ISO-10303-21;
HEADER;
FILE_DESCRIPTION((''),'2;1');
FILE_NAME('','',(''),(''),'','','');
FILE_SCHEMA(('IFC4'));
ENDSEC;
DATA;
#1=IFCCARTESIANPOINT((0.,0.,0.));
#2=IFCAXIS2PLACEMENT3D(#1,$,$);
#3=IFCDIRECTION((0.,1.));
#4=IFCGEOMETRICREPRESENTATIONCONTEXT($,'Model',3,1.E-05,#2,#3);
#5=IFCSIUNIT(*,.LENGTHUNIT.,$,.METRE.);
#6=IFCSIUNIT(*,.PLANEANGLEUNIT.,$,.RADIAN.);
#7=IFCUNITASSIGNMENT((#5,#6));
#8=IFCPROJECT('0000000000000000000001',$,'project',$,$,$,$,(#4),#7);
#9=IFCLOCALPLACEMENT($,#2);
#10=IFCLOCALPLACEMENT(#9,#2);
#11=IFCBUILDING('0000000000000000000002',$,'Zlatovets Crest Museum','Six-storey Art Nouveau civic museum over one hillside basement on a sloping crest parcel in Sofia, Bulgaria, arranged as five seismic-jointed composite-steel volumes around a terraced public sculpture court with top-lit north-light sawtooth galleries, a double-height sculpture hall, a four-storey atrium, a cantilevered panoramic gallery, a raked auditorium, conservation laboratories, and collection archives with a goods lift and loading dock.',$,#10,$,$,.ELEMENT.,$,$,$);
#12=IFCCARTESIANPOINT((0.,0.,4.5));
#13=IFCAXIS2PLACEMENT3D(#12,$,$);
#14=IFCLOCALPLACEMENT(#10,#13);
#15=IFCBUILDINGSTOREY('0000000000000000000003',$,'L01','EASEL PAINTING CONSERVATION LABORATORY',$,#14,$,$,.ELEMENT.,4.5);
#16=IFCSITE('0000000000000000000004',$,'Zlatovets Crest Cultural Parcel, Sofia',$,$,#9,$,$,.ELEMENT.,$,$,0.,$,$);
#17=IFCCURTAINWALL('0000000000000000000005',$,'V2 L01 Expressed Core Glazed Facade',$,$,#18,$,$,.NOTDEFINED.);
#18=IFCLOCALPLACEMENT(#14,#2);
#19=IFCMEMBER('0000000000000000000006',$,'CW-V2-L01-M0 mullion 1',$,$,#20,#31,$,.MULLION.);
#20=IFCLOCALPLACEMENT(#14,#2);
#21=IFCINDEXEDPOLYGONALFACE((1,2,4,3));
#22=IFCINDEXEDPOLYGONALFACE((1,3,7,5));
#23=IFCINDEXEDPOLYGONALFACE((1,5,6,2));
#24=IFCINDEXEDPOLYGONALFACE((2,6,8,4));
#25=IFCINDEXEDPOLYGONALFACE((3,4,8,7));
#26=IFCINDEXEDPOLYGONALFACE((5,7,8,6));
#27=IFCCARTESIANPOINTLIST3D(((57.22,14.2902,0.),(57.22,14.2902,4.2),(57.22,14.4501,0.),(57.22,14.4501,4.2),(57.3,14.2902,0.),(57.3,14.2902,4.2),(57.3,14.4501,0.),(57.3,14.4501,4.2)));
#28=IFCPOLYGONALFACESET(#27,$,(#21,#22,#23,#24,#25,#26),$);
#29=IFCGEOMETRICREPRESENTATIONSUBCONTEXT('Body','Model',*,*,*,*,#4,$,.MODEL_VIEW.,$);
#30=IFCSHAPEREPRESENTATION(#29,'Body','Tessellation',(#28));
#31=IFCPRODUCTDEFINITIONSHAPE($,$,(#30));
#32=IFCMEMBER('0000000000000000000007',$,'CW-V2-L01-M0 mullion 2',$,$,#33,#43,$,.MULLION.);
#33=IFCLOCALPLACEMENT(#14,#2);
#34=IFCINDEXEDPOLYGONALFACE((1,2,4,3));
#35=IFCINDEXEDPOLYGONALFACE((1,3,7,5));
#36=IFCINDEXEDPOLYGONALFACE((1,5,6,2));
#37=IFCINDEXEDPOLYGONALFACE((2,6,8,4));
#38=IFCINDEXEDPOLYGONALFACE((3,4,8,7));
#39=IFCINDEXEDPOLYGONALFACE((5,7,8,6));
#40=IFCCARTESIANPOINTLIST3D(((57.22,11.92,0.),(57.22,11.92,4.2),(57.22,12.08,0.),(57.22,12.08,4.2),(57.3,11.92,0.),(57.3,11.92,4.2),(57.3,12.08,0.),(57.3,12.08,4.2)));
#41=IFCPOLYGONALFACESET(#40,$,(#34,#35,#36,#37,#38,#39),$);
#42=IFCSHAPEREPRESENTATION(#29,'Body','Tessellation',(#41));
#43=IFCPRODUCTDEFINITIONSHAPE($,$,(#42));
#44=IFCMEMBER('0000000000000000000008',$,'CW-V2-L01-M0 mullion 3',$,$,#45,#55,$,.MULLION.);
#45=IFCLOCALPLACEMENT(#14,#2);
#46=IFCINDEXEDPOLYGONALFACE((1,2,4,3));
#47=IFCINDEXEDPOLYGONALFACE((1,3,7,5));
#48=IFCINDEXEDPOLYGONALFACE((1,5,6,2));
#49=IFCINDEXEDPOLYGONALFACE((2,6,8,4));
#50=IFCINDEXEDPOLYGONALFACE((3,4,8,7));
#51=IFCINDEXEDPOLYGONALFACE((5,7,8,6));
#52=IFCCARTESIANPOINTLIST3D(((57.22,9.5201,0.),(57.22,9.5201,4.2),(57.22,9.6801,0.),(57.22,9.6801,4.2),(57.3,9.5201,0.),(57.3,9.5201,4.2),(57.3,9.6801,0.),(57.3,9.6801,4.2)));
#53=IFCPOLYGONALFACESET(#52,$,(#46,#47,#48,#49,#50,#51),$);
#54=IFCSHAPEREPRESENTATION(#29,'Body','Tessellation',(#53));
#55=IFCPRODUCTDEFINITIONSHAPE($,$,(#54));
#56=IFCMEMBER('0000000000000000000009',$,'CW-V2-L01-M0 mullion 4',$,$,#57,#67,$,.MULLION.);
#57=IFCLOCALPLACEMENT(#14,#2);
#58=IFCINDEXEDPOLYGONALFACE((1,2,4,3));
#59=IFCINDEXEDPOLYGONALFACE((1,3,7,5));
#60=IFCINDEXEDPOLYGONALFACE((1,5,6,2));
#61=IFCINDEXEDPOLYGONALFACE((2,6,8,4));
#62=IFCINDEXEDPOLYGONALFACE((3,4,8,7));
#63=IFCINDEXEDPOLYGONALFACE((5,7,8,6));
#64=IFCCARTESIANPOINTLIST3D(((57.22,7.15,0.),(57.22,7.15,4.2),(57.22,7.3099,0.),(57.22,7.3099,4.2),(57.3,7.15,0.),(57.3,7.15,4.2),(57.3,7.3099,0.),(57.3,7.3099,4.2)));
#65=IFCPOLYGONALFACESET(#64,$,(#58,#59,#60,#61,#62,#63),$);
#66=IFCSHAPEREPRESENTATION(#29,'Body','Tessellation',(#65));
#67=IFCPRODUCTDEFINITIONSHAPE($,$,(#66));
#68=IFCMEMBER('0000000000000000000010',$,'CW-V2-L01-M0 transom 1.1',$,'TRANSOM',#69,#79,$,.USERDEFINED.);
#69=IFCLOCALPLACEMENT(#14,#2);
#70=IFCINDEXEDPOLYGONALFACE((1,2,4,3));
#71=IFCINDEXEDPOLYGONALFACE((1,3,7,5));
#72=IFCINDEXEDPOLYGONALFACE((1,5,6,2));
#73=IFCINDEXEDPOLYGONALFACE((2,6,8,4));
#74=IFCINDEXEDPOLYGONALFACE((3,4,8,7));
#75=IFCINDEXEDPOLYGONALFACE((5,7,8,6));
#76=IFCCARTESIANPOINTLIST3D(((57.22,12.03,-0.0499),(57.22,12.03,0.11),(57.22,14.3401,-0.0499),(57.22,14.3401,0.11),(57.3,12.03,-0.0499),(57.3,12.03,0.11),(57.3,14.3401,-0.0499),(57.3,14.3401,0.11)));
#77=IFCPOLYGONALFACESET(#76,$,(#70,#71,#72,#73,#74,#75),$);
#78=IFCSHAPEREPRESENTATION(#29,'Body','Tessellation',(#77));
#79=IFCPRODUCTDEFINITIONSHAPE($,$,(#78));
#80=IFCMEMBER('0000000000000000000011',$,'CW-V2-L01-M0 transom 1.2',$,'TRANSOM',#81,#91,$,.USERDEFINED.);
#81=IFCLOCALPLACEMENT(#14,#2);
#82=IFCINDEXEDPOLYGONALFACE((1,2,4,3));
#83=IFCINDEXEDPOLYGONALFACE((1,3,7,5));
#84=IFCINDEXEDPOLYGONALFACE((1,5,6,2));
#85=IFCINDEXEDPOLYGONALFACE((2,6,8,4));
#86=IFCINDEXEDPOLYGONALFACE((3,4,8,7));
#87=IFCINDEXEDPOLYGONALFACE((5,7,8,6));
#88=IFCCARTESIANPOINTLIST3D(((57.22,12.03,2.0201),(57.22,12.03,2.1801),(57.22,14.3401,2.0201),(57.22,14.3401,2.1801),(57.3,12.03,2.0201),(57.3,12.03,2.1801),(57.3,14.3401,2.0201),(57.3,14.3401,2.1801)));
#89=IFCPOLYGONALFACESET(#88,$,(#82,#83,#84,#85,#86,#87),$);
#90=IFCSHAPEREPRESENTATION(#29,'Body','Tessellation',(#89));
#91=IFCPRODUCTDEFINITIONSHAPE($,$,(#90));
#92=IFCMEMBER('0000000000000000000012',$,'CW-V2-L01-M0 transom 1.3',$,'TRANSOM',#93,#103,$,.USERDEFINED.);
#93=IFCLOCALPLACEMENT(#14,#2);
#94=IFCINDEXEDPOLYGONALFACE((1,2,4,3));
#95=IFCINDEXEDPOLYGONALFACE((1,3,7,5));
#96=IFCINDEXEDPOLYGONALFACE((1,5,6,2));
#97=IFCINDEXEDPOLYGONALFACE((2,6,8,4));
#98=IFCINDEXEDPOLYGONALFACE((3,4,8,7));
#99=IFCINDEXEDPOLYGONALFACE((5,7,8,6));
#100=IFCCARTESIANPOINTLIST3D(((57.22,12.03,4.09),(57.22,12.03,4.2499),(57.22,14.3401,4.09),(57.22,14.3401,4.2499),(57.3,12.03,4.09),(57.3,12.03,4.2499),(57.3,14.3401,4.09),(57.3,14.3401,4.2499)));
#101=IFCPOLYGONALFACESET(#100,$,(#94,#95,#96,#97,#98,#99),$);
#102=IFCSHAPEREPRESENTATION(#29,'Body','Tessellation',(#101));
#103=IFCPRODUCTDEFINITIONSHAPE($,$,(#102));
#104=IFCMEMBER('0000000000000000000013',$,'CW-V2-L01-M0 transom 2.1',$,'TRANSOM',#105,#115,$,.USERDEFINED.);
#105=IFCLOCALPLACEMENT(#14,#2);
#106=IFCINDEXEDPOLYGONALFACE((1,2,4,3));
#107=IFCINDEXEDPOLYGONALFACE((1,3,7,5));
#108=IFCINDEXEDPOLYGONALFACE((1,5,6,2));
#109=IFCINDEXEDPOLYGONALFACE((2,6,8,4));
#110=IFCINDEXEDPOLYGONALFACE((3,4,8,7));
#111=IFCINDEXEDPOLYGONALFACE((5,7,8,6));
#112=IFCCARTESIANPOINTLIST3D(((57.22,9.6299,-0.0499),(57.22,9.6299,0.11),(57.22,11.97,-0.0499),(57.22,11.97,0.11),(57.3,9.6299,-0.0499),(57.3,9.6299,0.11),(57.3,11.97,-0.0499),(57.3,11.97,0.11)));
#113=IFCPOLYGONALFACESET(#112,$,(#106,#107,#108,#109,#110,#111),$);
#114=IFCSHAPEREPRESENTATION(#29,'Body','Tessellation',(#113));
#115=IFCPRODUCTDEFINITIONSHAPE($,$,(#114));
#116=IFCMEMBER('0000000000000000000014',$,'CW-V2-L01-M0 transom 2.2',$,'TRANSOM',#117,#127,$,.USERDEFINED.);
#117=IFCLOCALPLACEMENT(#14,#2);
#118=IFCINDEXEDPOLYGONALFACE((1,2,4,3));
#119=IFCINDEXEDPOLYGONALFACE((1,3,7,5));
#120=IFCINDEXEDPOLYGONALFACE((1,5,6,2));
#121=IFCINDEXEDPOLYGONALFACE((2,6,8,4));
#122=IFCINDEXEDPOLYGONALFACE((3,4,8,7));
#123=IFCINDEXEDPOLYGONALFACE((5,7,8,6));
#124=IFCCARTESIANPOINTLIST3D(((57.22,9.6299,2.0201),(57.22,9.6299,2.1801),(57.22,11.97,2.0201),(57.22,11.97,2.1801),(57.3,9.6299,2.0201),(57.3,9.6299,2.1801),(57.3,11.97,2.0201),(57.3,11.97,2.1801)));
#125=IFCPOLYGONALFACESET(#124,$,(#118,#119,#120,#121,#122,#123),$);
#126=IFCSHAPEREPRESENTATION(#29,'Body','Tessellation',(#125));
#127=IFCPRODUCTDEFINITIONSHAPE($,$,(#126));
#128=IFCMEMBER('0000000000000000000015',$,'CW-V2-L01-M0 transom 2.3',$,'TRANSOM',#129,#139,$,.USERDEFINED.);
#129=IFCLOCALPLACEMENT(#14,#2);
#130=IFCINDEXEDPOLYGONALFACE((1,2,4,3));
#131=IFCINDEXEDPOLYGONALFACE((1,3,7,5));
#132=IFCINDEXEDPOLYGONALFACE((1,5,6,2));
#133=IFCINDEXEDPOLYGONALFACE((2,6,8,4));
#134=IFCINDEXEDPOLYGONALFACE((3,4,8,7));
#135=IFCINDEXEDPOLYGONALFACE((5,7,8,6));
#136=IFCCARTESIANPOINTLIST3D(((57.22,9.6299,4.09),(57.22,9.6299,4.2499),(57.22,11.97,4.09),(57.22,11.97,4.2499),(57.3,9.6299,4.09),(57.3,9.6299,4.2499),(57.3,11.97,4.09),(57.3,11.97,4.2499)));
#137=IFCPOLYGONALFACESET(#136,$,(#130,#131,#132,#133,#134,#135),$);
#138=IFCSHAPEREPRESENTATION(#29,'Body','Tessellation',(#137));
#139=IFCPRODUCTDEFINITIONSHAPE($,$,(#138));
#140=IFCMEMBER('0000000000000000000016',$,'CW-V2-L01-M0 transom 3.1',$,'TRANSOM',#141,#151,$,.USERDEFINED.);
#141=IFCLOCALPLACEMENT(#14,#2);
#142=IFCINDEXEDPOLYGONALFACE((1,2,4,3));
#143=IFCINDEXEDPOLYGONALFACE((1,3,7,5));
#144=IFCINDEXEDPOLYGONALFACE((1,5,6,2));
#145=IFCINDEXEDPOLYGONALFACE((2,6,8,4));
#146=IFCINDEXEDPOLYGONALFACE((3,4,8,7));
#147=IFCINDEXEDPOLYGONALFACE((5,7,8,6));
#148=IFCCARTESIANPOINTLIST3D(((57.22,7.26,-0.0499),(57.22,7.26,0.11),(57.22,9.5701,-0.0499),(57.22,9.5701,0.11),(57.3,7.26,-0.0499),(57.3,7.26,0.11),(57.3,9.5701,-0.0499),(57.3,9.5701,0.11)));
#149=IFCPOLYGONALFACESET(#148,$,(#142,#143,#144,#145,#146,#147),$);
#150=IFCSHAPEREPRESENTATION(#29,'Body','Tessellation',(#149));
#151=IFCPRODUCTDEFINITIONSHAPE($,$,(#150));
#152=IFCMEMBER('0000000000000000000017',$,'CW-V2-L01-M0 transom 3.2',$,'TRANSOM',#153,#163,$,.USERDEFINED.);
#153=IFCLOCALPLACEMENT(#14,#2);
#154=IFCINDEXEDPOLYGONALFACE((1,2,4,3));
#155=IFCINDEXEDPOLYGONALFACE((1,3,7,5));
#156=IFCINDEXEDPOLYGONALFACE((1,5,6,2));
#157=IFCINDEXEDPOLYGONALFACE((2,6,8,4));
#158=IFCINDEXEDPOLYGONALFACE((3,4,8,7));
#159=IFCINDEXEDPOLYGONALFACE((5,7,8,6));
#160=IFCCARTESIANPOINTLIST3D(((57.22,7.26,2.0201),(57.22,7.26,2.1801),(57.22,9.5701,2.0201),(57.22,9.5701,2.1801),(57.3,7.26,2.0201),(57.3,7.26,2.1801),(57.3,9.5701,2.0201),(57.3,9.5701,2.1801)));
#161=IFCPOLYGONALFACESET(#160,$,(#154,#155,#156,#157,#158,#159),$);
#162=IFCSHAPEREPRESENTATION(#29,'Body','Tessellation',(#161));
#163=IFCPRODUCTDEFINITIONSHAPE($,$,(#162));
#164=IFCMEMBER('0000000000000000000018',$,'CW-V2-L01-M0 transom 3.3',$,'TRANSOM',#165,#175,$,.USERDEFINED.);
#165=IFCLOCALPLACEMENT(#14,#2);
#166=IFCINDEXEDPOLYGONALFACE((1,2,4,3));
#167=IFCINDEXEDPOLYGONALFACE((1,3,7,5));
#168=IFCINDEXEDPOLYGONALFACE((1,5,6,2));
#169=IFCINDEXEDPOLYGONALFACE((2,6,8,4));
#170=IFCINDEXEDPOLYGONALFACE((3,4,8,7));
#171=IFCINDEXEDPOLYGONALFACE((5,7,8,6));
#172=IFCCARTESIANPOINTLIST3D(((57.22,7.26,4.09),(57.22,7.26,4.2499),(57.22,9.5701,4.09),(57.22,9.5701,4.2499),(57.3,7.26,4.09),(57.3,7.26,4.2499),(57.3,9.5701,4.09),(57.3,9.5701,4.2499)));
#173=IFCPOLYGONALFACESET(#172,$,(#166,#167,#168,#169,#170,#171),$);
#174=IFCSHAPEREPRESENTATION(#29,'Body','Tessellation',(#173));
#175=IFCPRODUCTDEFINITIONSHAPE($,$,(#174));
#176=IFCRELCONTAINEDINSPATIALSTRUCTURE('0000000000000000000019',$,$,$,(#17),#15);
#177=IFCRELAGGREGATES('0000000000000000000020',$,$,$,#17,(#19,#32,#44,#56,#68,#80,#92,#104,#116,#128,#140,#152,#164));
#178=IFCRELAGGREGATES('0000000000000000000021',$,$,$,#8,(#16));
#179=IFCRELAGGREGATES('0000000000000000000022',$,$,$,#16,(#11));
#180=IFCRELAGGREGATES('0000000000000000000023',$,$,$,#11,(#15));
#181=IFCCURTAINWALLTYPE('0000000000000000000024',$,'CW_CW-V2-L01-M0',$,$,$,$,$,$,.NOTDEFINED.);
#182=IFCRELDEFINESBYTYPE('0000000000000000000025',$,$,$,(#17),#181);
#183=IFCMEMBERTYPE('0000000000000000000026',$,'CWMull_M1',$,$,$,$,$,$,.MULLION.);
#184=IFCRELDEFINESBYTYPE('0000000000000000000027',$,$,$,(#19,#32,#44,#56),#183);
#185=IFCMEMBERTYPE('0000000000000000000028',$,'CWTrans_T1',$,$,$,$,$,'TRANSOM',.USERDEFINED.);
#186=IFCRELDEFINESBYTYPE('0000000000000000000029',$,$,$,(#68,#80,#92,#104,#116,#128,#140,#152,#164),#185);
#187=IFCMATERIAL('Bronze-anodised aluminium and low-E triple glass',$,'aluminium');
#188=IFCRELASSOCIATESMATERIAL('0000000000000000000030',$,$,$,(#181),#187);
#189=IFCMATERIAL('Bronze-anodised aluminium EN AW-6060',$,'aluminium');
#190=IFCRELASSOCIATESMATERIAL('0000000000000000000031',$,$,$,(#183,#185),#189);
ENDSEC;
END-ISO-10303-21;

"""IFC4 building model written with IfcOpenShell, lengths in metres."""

from ifc_helpers import new_model, si_unit, direction, frame, origin, origin_2d, place, context, subcontext, project, spatial, rectangle, extrude, material, material_profile, profile_set, type_object, element, aggregate, save


model = new_model("IFC4")

# Units and contexts
model_context = context("Model", 3, precision=1e-05, world=origin(), true_north=direction((0.0, 1.0)))
body_context = subcontext(model_context, "Body", "Model", "MODEL_VIEW")
ifc_project = project(units=[si_unit("LENGTHUNIT", "METRE"), si_unit("PLANEANGLEUNIT", "RADIAN")], contexts=[model_context])

# Site, building, storey
site_placement = place(None, origin())
site = spatial("IfcSite", under=ifc_project, at=site_placement, Name="Zlatovets Crest Cultural Parcel, Sofia", CompositionType="ELEMENT", RefElevation=0.0)
building_placement = place(site_placement, origin())
building = spatial("IfcBuilding", under=site, at=building_placement, Name="Zlatovets Crest Museum", Description="Six-storey Art Nouveau civic museum over one hillside basement on a sloping crest parcel in Sofia, Bulgaria, arranged as five seismic-jointed composite-steel volumes around a terraced public sculpture court with top-lit north-light sawtooth galleries, a double-height sculpture hall, a four-storey atrium, a cantilevered panoramic gallery, a raked auditorium, conservation laboratories, and collection archives with a goods lift and loading dock.", CompositionType="ELEMENT")
storey_placement = place(building_placement, frame((0.0, 0.0, 4.5)))
storey = spatial("IfcBuildingStorey", under=building, at=storey_placement, Name="L01", Description="EASEL PAINTING CONSERVATION LABORATORY", CompositionType="ELEMENT", Elevation=4.5)

# Curtain wall, members
ifc_material_1 = material(Name="Bronze-anodised aluminium and low-E triple glass", Category="aluminium")
curtain_wall_type = type_object("IfcCurtainWallType", Name="CW_CW-V2-L01-M0", PredefinedType="NOTDEFINED", material=ifc_material_1)
curtain_wall_placement = place(storey_placement, origin())
curtain_wall = element("IfcCurtainWall", 1, at=curtain_wall_placement, inside=storey, type_object=curtain_wall_type, Name="V2 L01 Expressed Core Glazed Facade", PredefinedType="NOTDEFINED")
ifc_material_2 = material(Name="Bronze-anodised aluminium EN AW-6060", Category="aluminium")
ifc_material_profile_1 = material_profile(ifc_material_2, rectangle(XDim=0.0801, YDim=0.1599, at=origin_2d()), Name="ALU 80x160")
ifc_profile_set_1 = profile_set([ifc_material_profile_1], Name="Bronze-anodised aluminium EN AW-6060")
member_type_1 = type_object("IfcMemberType", Name="CWMull_M1", PredefinedType="MULLION", material=ifc_profile_set_1)
member_1_placement = place(storey_placement, frame((57.26, 14.3701, 0.0), z_axis=(0.0, 0.0, 1.0), x_axis=(1.0, 0.0, 0.0)))
member_1 = element("IfcMember", 2, at=member_1_placement, type_object=member_type_1, Name="CW-V2-L01-M0 mullion 1", PredefinedType="MULLION", context=body_context, shape_type="SweptSolid", body=[
    extrude(rectangle(XDim=0.0801, YDim=0.1599, at=origin_2d()), origin(), (0.0, 0.0, 1.0), 4.2),
])
member_2_placement = place(storey_placement, frame((57.26, 12.0, 0.0), z_axis=(0.0, 0.0, 1.0), x_axis=(1.0, 0.0, 0.0)))
member_2 = element("IfcMember", 3, at=member_2_placement, type_object=member_type_1, Name="CW-V2-L01-M0 mullion 2", PredefinedType="MULLION", context=body_context, shape_type="SweptSolid", body=[
    extrude(rectangle(XDim=0.0801, YDim=0.1599, at=origin_2d()), origin(), (0.0, 0.0, 1.0), 4.2),
])
member_3_placement = place(storey_placement, frame((57.26, 9.6001, 0.0), z_axis=(0.0, 0.0, 1.0), x_axis=(1.0, 0.0, 0.0)))
member_3 = element("IfcMember", 4, at=member_3_placement, type_object=member_type_1, Name="CW-V2-L01-M0 mullion 3", PredefinedType="MULLION", context=body_context, shape_type="SweptSolid", body=[
    extrude(rectangle(XDim=0.0801, YDim=0.1599, at=origin_2d()), origin(), (0.0, 0.0, 1.0), 4.2),
])
member_4_placement = place(storey_placement, frame((57.26, 7.23, 0.0), z_axis=(0.0, 0.0, 1.0), x_axis=(1.0, 0.0, 0.0)))
member_4 = element("IfcMember", 5, at=member_4_placement, type_object=member_type_1, Name="CW-V2-L01-M0 mullion 4", PredefinedType="MULLION", context=body_context, shape_type="SweptSolid", body=[
    extrude(rectangle(XDim=0.0801, YDim=0.1599, at=origin_2d()), origin(), (0.0, 0.0, 1.0), 4.2),
])
ifc_material_profile_2 = material_profile(ifc_material_2, rectangle(XDim=0.0801, YDim=0.1599, at=origin_2d()), Name="ALU 80x160")
ifc_profile_set_2 = profile_set([ifc_material_profile_2], Name="Bronze-anodised aluminium EN AW-6060")
member_type_2 = type_object("IfcMemberType", Name="CWTrans_T1", ElementType="TRANSOM", PredefinedType="USERDEFINED", material=ifc_profile_set_2)
member_5_placement = place(storey_placement, frame((57.26, 14.3401, 0.03), z_axis=(0.0, -1.0, 0.0), x_axis=(1.0, 0.0, 0.0)))
member_5 = element("IfcMember", 6, at=member_5_placement, type_object=member_type_2, Name="CW-V2-L01-M0 transom 1.1", ObjectType="TRANSOM", PredefinedType="USERDEFINED", context=body_context, shape_type="SweptSolid", body=[
    extrude(rectangle(XDim=0.0801, YDim=0.1599, at=origin_2d()), origin(), (0.0, 0.0, 1.0), 2.3101),
])
member_6_placement = place(storey_placement, frame((57.26, 14.3401, 2.1001), z_axis=(0.0, -1.0, 0.0), x_axis=(1.0, 0.0, 0.0)))
member_6 = element("IfcMember", 7, at=member_6_placement, type_object=member_type_2, Name="CW-V2-L01-M0 transom 1.2", ObjectType="TRANSOM", PredefinedType="USERDEFINED", context=body_context, shape_type="SweptSolid", body=[
    extrude(rectangle(XDim=0.0801, YDim=0.1599, at=origin_2d()), origin(), (0.0, 0.0, 1.0), 2.3101),
])
member_7_placement = place(storey_placement, frame((57.26, 14.3401, 4.1699), z_axis=(0.0, -1.0, 0.0), x_axis=(1.0, 0.0, 0.0)))
member_7 = element("IfcMember", 8, at=member_7_placement, type_object=member_type_2, Name="CW-V2-L01-M0 transom 1.3", ObjectType="TRANSOM", PredefinedType="USERDEFINED", context=body_context, shape_type="SweptSolid", body=[
    extrude(rectangle(XDim=0.0801, YDim=0.1599, at=origin_2d()), origin(), (0.0, 0.0, 1.0), 2.3101),
])
member_8_placement = place(storey_placement, frame((57.26, 11.97, 0.03), z_axis=(0.0, -1.0, 0.0), x_axis=(1.0, 0.0, 0.0)))
member_8 = element("IfcMember", 9, at=member_8_placement, type_object=member_type_2, Name="CW-V2-L01-M0 transom 2.1", ObjectType="TRANSOM", PredefinedType="USERDEFINED", context=body_context, shape_type="SweptSolid", body=[
    extrude(rectangle(XDim=0.0801, YDim=0.1599, at=origin_2d()), origin(), (0.0, 0.0, 1.0), 2.3401),
])
member_9_placement = place(storey_placement, frame((57.26, 11.97, 2.1001), z_axis=(0.0, -1.0, 0.0), x_axis=(1.0, 0.0, 0.0)))
member_9 = element("IfcMember", 10, at=member_9_placement, type_object=member_type_2, Name="CW-V2-L01-M0 transom 2.2", ObjectType="TRANSOM", PredefinedType="USERDEFINED", context=body_context, shape_type="SweptSolid", body=[
    extrude(rectangle(XDim=0.0801, YDim=0.1599, at=origin_2d()), origin(), (0.0, 0.0, 1.0), 2.3401),
])
member_10_placement = place(storey_placement, frame((57.26, 11.97, 4.1699), z_axis=(0.0, -1.0, 0.0), x_axis=(1.0, 0.0, 0.0)))
member_10 = element("IfcMember", 11, at=member_10_placement, type_object=member_type_2, Name="CW-V2-L01-M0 transom 2.3", ObjectType="TRANSOM", PredefinedType="USERDEFINED", context=body_context, shape_type="SweptSolid", body=[
    extrude(rectangle(XDim=0.0801, YDim=0.1599, at=origin_2d()), origin(), (0.0, 0.0, 1.0), 2.3401),
])
member_11_placement = place(storey_placement, frame((57.26, 9.5701, 0.03), z_axis=(0.0, -1.0, 0.0), x_axis=(1.0, 0.0, 0.0)))
member_11 = element("IfcMember", 12, at=member_11_placement, type_object=member_type_2, Name="CW-V2-L01-M0 transom 3.1", ObjectType="TRANSOM", PredefinedType="USERDEFINED", context=body_context, shape_type="SweptSolid", body=[
    extrude(rectangle(XDim=0.0801, YDim=0.1599, at=origin_2d()), origin(), (0.0, 0.0, 1.0), 2.3101),
])
member_12_placement = place(storey_placement, frame((57.26, 9.5701, 2.1001), z_axis=(0.0, -1.0, 0.0), x_axis=(1.0, 0.0, 0.0)))
member_12 = element("IfcMember", 13, at=member_12_placement, type_object=member_type_2, Name="CW-V2-L01-M0 transom 3.2", ObjectType="TRANSOM", PredefinedType="USERDEFINED", context=body_context, shape_type="SweptSolid", body=[
    extrude(rectangle(XDim=0.0801, YDim=0.1599, at=origin_2d()), origin(), (0.0, 0.0, 1.0), 2.3101),
])
member_13_placement = place(storey_placement, frame((57.26, 9.5701, 4.1699), z_axis=(0.0, -1.0, 0.0), x_axis=(1.0, 0.0, 0.0)))
member_13 = element("IfcMember", 14, at=member_13_placement, type_object=member_type_2, Name="CW-V2-L01-M0 transom 3.3", ObjectType="TRANSOM", PredefinedType="USERDEFINED", context=body_context, shape_type="SweptSolid", body=[
    extrude(rectangle(XDim=0.0801, YDim=0.1599, at=origin_2d()), origin(), (0.0, 0.0, 1.0), 2.3101),
])

aggregate(curtain_wall, [member_1, member_2, member_3, member_4, member_5, member_6, member_7, member_8, member_9, member_10, member_11, member_12, member_13])

save(model, "model.ifc")
